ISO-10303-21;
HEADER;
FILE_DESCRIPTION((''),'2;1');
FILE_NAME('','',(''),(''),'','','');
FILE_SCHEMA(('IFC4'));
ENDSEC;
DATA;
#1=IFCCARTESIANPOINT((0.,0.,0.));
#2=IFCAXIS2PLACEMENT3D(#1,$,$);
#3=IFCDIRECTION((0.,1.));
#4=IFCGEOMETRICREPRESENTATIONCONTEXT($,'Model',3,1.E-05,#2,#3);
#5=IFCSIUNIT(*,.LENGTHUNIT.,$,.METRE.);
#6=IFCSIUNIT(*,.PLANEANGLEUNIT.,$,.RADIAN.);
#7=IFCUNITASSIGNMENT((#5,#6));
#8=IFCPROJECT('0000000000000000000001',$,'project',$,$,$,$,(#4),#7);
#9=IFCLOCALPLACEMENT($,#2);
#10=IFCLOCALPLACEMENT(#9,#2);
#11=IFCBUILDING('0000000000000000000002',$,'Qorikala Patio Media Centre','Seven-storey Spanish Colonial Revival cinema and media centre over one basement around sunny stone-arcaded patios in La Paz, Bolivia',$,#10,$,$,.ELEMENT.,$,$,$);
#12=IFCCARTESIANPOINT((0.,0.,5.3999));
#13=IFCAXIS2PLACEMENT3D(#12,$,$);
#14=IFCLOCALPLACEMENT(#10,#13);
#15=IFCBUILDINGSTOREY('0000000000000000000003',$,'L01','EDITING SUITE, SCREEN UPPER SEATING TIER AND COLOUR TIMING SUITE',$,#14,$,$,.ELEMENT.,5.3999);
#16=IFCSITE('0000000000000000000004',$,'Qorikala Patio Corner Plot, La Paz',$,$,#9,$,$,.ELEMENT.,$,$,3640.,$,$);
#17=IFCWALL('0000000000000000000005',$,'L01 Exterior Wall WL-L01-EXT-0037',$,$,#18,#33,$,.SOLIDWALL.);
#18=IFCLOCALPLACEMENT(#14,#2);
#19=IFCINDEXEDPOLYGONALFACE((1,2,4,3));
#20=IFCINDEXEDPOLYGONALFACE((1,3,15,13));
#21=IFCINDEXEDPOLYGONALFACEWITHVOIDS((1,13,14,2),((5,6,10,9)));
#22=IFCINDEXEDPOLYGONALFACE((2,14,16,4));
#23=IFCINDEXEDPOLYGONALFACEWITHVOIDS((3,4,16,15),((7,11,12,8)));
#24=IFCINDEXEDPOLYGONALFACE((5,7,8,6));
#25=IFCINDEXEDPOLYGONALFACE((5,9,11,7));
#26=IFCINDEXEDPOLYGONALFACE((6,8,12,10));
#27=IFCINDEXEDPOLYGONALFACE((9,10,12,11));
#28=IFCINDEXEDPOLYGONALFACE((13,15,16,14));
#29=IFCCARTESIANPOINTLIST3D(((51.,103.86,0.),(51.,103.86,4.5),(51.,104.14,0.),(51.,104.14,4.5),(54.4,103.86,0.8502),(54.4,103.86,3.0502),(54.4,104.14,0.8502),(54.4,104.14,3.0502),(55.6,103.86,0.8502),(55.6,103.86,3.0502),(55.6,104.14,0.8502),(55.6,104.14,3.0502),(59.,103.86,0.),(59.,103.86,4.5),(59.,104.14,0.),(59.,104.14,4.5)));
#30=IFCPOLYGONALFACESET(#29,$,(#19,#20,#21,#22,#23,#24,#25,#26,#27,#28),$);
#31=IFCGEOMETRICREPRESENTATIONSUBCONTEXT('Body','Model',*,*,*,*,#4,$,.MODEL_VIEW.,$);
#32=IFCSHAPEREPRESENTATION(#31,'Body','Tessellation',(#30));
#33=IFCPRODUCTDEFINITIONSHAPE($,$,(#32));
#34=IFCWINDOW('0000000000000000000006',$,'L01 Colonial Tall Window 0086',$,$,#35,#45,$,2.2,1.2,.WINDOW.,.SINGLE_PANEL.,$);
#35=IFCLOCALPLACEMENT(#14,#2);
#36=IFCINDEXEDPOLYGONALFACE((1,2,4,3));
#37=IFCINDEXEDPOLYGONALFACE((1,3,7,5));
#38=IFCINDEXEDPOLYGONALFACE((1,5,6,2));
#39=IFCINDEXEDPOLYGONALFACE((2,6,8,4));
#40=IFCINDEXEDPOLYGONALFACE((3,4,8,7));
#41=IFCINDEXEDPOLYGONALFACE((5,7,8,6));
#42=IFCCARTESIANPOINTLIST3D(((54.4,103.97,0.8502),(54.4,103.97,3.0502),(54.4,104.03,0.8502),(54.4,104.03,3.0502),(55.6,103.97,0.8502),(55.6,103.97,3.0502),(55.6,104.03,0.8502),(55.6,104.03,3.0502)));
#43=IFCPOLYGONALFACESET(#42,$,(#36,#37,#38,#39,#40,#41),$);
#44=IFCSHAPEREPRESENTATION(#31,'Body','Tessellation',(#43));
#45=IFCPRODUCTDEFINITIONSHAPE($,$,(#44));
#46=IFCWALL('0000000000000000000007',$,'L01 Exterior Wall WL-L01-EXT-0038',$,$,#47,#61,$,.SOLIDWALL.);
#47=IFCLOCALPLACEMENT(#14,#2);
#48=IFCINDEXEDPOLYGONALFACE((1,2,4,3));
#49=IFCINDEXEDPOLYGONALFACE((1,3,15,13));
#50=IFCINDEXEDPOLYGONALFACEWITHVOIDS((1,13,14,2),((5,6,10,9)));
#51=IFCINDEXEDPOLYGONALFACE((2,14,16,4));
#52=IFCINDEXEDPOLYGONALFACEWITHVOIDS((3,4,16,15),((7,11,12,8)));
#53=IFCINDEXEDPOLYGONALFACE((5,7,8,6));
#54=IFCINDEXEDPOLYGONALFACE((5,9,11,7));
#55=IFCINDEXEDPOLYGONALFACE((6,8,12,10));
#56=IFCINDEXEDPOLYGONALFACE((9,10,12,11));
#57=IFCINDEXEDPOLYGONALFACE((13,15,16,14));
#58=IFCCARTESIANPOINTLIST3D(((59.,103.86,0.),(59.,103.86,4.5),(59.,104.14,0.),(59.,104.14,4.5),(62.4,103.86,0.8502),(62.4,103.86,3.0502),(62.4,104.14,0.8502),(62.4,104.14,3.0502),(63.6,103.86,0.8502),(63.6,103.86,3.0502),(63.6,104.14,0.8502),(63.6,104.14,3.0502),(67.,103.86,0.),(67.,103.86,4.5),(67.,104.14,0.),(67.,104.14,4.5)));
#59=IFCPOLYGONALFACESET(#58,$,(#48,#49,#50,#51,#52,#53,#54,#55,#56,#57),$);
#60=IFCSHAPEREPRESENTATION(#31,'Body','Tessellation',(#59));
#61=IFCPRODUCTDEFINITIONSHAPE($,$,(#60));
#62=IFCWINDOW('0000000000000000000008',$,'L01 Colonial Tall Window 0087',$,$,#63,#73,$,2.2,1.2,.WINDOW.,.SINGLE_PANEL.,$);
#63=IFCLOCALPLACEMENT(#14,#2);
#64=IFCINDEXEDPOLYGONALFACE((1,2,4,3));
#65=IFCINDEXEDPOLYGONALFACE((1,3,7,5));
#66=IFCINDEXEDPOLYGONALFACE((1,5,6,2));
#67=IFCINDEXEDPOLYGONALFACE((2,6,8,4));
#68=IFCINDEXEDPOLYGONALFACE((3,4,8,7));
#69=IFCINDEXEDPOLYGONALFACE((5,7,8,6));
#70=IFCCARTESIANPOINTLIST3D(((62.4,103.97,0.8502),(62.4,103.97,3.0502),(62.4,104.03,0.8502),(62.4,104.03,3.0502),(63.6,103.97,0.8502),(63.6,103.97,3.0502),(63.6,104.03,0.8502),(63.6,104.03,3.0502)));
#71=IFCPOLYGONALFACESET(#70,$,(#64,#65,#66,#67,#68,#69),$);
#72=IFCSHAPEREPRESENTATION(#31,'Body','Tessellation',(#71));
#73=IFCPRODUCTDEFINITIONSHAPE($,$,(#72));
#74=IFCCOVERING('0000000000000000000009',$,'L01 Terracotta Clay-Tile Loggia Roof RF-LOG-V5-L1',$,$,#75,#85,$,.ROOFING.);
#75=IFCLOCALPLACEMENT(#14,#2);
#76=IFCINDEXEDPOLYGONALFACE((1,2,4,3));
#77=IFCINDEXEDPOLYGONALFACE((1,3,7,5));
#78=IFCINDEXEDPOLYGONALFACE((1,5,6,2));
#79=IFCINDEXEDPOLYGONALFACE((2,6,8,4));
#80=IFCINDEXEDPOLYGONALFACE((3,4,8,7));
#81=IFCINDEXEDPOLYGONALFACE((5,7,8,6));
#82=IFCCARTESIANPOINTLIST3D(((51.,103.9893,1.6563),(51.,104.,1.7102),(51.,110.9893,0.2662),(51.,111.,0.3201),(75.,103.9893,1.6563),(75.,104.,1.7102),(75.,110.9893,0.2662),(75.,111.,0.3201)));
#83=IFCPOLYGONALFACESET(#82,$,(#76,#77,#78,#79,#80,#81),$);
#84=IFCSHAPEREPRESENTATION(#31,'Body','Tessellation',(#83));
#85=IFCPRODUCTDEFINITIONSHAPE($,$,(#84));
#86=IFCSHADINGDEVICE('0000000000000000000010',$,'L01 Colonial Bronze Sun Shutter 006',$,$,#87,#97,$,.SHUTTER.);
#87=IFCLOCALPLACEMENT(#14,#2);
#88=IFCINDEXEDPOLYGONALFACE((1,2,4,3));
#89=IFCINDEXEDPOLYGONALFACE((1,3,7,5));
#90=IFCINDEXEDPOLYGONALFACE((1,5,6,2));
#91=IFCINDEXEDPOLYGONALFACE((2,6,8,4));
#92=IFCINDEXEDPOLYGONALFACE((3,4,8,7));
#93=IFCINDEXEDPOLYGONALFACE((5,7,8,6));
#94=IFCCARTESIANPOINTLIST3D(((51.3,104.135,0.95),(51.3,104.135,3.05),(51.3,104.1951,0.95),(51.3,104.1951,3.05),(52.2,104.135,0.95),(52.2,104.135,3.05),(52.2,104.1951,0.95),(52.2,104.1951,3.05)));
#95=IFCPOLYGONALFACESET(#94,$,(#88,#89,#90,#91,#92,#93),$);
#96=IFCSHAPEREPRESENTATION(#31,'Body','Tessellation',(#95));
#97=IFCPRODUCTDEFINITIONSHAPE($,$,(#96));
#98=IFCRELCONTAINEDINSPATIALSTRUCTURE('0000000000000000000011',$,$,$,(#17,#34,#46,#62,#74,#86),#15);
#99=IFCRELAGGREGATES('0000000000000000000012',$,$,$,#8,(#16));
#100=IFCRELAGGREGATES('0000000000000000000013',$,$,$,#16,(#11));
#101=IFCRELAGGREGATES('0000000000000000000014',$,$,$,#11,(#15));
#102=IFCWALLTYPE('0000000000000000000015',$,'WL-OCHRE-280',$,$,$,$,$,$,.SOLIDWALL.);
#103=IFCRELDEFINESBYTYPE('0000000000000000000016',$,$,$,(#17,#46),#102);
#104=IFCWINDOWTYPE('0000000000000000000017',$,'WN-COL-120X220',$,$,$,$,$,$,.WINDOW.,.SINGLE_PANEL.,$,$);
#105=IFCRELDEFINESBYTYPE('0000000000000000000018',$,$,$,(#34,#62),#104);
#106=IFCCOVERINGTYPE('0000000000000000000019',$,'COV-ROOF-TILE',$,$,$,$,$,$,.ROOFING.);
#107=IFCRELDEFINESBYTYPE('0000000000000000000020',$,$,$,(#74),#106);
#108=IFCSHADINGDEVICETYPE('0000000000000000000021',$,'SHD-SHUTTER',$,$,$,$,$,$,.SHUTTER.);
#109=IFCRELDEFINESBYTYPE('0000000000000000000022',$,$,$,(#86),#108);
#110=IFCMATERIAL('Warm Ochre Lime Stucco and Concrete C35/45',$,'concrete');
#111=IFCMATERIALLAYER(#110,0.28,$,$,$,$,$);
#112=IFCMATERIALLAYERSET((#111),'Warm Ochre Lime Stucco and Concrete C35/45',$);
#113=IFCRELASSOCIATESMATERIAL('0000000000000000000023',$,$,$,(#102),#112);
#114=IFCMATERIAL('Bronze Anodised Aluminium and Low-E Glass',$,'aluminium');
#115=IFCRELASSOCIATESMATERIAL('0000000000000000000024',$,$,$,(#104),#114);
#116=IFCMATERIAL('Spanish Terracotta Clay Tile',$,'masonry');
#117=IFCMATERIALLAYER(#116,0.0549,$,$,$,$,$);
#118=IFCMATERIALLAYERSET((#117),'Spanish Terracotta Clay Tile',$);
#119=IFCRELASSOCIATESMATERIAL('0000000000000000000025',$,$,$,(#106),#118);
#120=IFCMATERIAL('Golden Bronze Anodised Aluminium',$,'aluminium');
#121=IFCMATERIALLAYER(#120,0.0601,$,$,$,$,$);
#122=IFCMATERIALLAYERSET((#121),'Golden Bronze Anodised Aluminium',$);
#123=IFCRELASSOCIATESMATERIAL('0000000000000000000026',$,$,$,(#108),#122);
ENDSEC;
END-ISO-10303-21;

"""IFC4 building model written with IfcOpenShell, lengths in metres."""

from ifc_helpers import new_model, si_unit, direction, frame, frame_2d, origin, origin_2d, place, context, subcontext, project, spatial, polyline, rectangle, outline, extrude, material, layer, layer_set, type_object, element, fill, save


model = new_model("IFC4")

# Units and contexts
model_context = context("Model", 3, precision=1e-05, world=origin(), true_north=direction((0.0, 1.0)))
body_context = subcontext(model_context, "Body", "Model", "MODEL_VIEW")
ifc_project = project(units=[si_unit("LENGTHUNIT", "METRE"), si_unit("PLANEANGLEUNIT", "RADIAN")], contexts=[model_context])

# Site, building, storey
site_placement = place(None, origin())
site = spatial("IfcSite", under=ifc_project, at=site_placement, Name="Qorikala Patio Corner Plot, La Paz", CompositionType="ELEMENT", RefElevation=3640.0)
building_placement = place(site_placement, origin())
building = spatial("IfcBuilding", under=site, at=building_placement, Name="Qorikala Patio Media Centre", Description="Seven-storey Spanish Colonial Revival cinema and media centre over one basement around sunny stone-arcaded patios in La Paz, Bolivia", CompositionType="ELEMENT")
storey_placement = place(building_placement, frame((0.0, 0.0, 5.3999)))
storey = spatial("IfcBuildingStorey", under=building, at=storey_placement, Name="L01", Description="EDITING SUITE, SCREEN UPPER SEATING TIER AND COLOUR TIMING SUITE", CompositionType="ELEMENT", Elevation=5.3999)

# Shared definitions
ifc_material_1 = material(Name="Bronze Anodised Aluminium and Low-E Glass", Category="aluminium")

# Walls, openings, windows
ifc_material_2 = material(Name="Warm Ochre Lime Stucco and Concrete C35/45", Category="concrete")
ifc_layer_1 = layer(ifc_material_2, 0.28)
ifc_layer_set_1 = layer_set([ifc_layer_1], Name="Warm Ochre Lime Stucco and Concrete C35/45")
wall_type_1 = type_object("IfcWallType", Name="WL-OCHRE-280", PredefinedType="SOLIDWALL", material=ifc_layer_set_1)
wall_1_placement = place(storey_placement, frame((51.0, 104.0, 0.0), z_axis=(0.0, 0.0, 1.0), x_axis=(1.0, 0.0, 0.0)))
wall_1 = element("IfcWall", 1, at=wall_1_placement, inside=storey, type_object=wall_type_1, Name="L01 Exterior Wall WL-L01-EXT-0037", PredefinedType="SOLIDWALL", context=body_context, shape_type="SweptSolid", body=[
    extrude(rectangle(XDim=8.0, YDim=0.28, at=frame_2d((4.0, 0.0))), origin(), (0.0, 0.0, 1.0), 4.5),
])
opening_1_placement = place(wall_1_placement, frame((3.3999, 0.0, 0.8501)))
opening_1 = element("IfcOpeningElement", 2, at=opening_1_placement, cuts=wall_1, PredefinedType="OPENING", context=body_context, shape_type="SweptSolid", body=[
    extrude(rectangle(XDim=1.2, YDim=2.2, at=frame_2d((0.6001, 1.1001))), frame((0.0, 0.1499, 0.0), z_axis=(0.0, -1.0, 0.0), x_axis=(1.0, 0.0, 0.0)), (0.0, 0.0, 1.0), 0.3),
])
window_type = type_object("IfcWindowType", Name="WN-COL-120X220", PartitioningType="SINGLE_PANEL", PredefinedType="WINDOW", material=ifc_material_1)
window_1_placement = place(opening_1_placement, origin())
window_1 = element("IfcWindow", 3, at=window_1_placement, inside=storey, type_object=window_type, Name="L01 Colonial Tall Window 0086", OverallHeight=2.2, OverallWidth=1.2, PartitioningType="SINGLE_PANEL", PredefinedType="WINDOW", context=body_context, shape_type="SweptSolid", body=[
    extrude(rectangle(XDim=1.2, YDim=2.2, at=frame_2d((0.6001, 1.1001))), frame((0.0, 0.03, 0.0), z_axis=(0.0, -1.0, 0.0), x_axis=(1.0, 0.0, 0.0)), (0.0, 0.0, 1.0), 0.0601),
])
fill(opening_1, window_1)
wall_2_placement = place(storey_placement, frame((59.0, 104.0, 0.0), z_axis=(0.0, 0.0, 1.0), x_axis=(1.0, 0.0, 0.0)))
wall_2 = element("IfcWall", 4, at=wall_2_placement, inside=storey, type_object=wall_type_1, Name="L01 Exterior Wall WL-L01-EXT-0038", PredefinedType="SOLIDWALL", context=body_context, shape_type="SweptSolid", body=[
    extrude(rectangle(XDim=8.0, YDim=0.28, at=frame_2d((4.0, 0.0))), origin(), (0.0, 0.0, 1.0), 4.5),
])
opening_2_placement = place(wall_2_placement, frame((3.3999, 0.0, 0.8501)))
opening_2 = element("IfcOpeningElement", 5, at=opening_2_placement, cuts=wall_2, PredefinedType="OPENING", context=body_context, shape_type="SweptSolid", body=[
    extrude(rectangle(XDim=1.2, YDim=2.2, at=frame_2d((0.6001, 1.1001))), frame((0.0, 0.1499, 0.0), z_axis=(0.0, -1.0, 0.0), x_axis=(1.0, 0.0, 0.0)), (0.0, 0.0, 1.0), 0.3),
])
window_2_placement = place(opening_2_placement, origin())
window_2 = element("IfcWindow", 6, at=window_2_placement, inside=storey, type_object=window_type, Name="L01 Colonial Tall Window 0087", OverallHeight=2.2, OverallWidth=1.2, PartitioningType="SINGLE_PANEL", PredefinedType="WINDOW", context=body_context, shape_type="SweptSolid", body=[
    extrude(rectangle(XDim=1.2, YDim=2.2, at=frame_2d((0.6001, 1.1001))), frame((0.0, 0.03, 0.0), z_axis=(0.0, -1.0, 0.0), x_axis=(1.0, 0.0, 0.0)), (0.0, 0.0, 1.0), 0.0601),
])
fill(opening_2, window_2)

# Covering
ifc_material_3 = material(Name="Spanish Terracotta Clay Tile", Category="masonry")
ifc_layer_2 = layer(ifc_material_3, 0.0549)
ifc_layer_set_2 = layer_set([ifc_layer_2], Name="Spanish Terracotta Clay Tile")
covering_type = type_object("IfcCoveringType", Name="COV-ROOF-TILE", PredefinedType="ROOFING", material=ifc_layer_set_2)
covering_placement = place(storey_placement, frame((51.0, 111.0, 0.3201), z_axis=(0.0, 0.194787, 0.980846), x_axis=(1.0, 0.0, 0.0)))
element("IfcCovering", 7, at=covering_placement, inside=storey, type_object=covering_type, Name="L01 Terracotta Clay-Tile Loggia Roof RF-LOG-V5-L1", PredefinedType="ROOFING", context=body_context, shape_type="SweptSolid", body=[
    extrude(outline(polyline([(0.0, 0.0), (24.0, 0.0), (24.0, -7.1367), (0.0, -7.1367), (0.0, 0.0)])), origin(), (0.0, 0.0, -1.0), 0.0549),
])

# Shading device
ifc_material_4 = material(Name="Golden Bronze Anodised Aluminium", Category="aluminium")
ifc_layer_3 = layer(ifc_material_4, 0.0601)
ifc_layer_set_3 = layer_set([ifc_layer_3], Name="Golden Bronze Anodised Aluminium")
shading_device_type = type_object("IfcShadingDeviceType", Name="SHD-SHUTTER", PredefinedType="SHUTTER", material=ifc_layer_set_3)
shading_device_placement = place(storey_placement, frame((51.75, 104.165, 0.95), z_axis=(0.0, 0.0, 1.0), x_axis=(1.0, 0.0, 0.0)))
element("IfcShadingDevice", 8, at=shading_device_placement, inside=storey, type_object=shading_device_type, Name="L01 Colonial Bronze Sun Shutter 006", PredefinedType="SHUTTER", context=body_context, shape_type="SweptSolid", body=[
    extrude(rectangle(XDim=0.8999, YDim=0.0601, at=origin_2d()), origin(), (0.0, 0.0, 1.0), 2.1001),
])

save(model, "model.ifc")
